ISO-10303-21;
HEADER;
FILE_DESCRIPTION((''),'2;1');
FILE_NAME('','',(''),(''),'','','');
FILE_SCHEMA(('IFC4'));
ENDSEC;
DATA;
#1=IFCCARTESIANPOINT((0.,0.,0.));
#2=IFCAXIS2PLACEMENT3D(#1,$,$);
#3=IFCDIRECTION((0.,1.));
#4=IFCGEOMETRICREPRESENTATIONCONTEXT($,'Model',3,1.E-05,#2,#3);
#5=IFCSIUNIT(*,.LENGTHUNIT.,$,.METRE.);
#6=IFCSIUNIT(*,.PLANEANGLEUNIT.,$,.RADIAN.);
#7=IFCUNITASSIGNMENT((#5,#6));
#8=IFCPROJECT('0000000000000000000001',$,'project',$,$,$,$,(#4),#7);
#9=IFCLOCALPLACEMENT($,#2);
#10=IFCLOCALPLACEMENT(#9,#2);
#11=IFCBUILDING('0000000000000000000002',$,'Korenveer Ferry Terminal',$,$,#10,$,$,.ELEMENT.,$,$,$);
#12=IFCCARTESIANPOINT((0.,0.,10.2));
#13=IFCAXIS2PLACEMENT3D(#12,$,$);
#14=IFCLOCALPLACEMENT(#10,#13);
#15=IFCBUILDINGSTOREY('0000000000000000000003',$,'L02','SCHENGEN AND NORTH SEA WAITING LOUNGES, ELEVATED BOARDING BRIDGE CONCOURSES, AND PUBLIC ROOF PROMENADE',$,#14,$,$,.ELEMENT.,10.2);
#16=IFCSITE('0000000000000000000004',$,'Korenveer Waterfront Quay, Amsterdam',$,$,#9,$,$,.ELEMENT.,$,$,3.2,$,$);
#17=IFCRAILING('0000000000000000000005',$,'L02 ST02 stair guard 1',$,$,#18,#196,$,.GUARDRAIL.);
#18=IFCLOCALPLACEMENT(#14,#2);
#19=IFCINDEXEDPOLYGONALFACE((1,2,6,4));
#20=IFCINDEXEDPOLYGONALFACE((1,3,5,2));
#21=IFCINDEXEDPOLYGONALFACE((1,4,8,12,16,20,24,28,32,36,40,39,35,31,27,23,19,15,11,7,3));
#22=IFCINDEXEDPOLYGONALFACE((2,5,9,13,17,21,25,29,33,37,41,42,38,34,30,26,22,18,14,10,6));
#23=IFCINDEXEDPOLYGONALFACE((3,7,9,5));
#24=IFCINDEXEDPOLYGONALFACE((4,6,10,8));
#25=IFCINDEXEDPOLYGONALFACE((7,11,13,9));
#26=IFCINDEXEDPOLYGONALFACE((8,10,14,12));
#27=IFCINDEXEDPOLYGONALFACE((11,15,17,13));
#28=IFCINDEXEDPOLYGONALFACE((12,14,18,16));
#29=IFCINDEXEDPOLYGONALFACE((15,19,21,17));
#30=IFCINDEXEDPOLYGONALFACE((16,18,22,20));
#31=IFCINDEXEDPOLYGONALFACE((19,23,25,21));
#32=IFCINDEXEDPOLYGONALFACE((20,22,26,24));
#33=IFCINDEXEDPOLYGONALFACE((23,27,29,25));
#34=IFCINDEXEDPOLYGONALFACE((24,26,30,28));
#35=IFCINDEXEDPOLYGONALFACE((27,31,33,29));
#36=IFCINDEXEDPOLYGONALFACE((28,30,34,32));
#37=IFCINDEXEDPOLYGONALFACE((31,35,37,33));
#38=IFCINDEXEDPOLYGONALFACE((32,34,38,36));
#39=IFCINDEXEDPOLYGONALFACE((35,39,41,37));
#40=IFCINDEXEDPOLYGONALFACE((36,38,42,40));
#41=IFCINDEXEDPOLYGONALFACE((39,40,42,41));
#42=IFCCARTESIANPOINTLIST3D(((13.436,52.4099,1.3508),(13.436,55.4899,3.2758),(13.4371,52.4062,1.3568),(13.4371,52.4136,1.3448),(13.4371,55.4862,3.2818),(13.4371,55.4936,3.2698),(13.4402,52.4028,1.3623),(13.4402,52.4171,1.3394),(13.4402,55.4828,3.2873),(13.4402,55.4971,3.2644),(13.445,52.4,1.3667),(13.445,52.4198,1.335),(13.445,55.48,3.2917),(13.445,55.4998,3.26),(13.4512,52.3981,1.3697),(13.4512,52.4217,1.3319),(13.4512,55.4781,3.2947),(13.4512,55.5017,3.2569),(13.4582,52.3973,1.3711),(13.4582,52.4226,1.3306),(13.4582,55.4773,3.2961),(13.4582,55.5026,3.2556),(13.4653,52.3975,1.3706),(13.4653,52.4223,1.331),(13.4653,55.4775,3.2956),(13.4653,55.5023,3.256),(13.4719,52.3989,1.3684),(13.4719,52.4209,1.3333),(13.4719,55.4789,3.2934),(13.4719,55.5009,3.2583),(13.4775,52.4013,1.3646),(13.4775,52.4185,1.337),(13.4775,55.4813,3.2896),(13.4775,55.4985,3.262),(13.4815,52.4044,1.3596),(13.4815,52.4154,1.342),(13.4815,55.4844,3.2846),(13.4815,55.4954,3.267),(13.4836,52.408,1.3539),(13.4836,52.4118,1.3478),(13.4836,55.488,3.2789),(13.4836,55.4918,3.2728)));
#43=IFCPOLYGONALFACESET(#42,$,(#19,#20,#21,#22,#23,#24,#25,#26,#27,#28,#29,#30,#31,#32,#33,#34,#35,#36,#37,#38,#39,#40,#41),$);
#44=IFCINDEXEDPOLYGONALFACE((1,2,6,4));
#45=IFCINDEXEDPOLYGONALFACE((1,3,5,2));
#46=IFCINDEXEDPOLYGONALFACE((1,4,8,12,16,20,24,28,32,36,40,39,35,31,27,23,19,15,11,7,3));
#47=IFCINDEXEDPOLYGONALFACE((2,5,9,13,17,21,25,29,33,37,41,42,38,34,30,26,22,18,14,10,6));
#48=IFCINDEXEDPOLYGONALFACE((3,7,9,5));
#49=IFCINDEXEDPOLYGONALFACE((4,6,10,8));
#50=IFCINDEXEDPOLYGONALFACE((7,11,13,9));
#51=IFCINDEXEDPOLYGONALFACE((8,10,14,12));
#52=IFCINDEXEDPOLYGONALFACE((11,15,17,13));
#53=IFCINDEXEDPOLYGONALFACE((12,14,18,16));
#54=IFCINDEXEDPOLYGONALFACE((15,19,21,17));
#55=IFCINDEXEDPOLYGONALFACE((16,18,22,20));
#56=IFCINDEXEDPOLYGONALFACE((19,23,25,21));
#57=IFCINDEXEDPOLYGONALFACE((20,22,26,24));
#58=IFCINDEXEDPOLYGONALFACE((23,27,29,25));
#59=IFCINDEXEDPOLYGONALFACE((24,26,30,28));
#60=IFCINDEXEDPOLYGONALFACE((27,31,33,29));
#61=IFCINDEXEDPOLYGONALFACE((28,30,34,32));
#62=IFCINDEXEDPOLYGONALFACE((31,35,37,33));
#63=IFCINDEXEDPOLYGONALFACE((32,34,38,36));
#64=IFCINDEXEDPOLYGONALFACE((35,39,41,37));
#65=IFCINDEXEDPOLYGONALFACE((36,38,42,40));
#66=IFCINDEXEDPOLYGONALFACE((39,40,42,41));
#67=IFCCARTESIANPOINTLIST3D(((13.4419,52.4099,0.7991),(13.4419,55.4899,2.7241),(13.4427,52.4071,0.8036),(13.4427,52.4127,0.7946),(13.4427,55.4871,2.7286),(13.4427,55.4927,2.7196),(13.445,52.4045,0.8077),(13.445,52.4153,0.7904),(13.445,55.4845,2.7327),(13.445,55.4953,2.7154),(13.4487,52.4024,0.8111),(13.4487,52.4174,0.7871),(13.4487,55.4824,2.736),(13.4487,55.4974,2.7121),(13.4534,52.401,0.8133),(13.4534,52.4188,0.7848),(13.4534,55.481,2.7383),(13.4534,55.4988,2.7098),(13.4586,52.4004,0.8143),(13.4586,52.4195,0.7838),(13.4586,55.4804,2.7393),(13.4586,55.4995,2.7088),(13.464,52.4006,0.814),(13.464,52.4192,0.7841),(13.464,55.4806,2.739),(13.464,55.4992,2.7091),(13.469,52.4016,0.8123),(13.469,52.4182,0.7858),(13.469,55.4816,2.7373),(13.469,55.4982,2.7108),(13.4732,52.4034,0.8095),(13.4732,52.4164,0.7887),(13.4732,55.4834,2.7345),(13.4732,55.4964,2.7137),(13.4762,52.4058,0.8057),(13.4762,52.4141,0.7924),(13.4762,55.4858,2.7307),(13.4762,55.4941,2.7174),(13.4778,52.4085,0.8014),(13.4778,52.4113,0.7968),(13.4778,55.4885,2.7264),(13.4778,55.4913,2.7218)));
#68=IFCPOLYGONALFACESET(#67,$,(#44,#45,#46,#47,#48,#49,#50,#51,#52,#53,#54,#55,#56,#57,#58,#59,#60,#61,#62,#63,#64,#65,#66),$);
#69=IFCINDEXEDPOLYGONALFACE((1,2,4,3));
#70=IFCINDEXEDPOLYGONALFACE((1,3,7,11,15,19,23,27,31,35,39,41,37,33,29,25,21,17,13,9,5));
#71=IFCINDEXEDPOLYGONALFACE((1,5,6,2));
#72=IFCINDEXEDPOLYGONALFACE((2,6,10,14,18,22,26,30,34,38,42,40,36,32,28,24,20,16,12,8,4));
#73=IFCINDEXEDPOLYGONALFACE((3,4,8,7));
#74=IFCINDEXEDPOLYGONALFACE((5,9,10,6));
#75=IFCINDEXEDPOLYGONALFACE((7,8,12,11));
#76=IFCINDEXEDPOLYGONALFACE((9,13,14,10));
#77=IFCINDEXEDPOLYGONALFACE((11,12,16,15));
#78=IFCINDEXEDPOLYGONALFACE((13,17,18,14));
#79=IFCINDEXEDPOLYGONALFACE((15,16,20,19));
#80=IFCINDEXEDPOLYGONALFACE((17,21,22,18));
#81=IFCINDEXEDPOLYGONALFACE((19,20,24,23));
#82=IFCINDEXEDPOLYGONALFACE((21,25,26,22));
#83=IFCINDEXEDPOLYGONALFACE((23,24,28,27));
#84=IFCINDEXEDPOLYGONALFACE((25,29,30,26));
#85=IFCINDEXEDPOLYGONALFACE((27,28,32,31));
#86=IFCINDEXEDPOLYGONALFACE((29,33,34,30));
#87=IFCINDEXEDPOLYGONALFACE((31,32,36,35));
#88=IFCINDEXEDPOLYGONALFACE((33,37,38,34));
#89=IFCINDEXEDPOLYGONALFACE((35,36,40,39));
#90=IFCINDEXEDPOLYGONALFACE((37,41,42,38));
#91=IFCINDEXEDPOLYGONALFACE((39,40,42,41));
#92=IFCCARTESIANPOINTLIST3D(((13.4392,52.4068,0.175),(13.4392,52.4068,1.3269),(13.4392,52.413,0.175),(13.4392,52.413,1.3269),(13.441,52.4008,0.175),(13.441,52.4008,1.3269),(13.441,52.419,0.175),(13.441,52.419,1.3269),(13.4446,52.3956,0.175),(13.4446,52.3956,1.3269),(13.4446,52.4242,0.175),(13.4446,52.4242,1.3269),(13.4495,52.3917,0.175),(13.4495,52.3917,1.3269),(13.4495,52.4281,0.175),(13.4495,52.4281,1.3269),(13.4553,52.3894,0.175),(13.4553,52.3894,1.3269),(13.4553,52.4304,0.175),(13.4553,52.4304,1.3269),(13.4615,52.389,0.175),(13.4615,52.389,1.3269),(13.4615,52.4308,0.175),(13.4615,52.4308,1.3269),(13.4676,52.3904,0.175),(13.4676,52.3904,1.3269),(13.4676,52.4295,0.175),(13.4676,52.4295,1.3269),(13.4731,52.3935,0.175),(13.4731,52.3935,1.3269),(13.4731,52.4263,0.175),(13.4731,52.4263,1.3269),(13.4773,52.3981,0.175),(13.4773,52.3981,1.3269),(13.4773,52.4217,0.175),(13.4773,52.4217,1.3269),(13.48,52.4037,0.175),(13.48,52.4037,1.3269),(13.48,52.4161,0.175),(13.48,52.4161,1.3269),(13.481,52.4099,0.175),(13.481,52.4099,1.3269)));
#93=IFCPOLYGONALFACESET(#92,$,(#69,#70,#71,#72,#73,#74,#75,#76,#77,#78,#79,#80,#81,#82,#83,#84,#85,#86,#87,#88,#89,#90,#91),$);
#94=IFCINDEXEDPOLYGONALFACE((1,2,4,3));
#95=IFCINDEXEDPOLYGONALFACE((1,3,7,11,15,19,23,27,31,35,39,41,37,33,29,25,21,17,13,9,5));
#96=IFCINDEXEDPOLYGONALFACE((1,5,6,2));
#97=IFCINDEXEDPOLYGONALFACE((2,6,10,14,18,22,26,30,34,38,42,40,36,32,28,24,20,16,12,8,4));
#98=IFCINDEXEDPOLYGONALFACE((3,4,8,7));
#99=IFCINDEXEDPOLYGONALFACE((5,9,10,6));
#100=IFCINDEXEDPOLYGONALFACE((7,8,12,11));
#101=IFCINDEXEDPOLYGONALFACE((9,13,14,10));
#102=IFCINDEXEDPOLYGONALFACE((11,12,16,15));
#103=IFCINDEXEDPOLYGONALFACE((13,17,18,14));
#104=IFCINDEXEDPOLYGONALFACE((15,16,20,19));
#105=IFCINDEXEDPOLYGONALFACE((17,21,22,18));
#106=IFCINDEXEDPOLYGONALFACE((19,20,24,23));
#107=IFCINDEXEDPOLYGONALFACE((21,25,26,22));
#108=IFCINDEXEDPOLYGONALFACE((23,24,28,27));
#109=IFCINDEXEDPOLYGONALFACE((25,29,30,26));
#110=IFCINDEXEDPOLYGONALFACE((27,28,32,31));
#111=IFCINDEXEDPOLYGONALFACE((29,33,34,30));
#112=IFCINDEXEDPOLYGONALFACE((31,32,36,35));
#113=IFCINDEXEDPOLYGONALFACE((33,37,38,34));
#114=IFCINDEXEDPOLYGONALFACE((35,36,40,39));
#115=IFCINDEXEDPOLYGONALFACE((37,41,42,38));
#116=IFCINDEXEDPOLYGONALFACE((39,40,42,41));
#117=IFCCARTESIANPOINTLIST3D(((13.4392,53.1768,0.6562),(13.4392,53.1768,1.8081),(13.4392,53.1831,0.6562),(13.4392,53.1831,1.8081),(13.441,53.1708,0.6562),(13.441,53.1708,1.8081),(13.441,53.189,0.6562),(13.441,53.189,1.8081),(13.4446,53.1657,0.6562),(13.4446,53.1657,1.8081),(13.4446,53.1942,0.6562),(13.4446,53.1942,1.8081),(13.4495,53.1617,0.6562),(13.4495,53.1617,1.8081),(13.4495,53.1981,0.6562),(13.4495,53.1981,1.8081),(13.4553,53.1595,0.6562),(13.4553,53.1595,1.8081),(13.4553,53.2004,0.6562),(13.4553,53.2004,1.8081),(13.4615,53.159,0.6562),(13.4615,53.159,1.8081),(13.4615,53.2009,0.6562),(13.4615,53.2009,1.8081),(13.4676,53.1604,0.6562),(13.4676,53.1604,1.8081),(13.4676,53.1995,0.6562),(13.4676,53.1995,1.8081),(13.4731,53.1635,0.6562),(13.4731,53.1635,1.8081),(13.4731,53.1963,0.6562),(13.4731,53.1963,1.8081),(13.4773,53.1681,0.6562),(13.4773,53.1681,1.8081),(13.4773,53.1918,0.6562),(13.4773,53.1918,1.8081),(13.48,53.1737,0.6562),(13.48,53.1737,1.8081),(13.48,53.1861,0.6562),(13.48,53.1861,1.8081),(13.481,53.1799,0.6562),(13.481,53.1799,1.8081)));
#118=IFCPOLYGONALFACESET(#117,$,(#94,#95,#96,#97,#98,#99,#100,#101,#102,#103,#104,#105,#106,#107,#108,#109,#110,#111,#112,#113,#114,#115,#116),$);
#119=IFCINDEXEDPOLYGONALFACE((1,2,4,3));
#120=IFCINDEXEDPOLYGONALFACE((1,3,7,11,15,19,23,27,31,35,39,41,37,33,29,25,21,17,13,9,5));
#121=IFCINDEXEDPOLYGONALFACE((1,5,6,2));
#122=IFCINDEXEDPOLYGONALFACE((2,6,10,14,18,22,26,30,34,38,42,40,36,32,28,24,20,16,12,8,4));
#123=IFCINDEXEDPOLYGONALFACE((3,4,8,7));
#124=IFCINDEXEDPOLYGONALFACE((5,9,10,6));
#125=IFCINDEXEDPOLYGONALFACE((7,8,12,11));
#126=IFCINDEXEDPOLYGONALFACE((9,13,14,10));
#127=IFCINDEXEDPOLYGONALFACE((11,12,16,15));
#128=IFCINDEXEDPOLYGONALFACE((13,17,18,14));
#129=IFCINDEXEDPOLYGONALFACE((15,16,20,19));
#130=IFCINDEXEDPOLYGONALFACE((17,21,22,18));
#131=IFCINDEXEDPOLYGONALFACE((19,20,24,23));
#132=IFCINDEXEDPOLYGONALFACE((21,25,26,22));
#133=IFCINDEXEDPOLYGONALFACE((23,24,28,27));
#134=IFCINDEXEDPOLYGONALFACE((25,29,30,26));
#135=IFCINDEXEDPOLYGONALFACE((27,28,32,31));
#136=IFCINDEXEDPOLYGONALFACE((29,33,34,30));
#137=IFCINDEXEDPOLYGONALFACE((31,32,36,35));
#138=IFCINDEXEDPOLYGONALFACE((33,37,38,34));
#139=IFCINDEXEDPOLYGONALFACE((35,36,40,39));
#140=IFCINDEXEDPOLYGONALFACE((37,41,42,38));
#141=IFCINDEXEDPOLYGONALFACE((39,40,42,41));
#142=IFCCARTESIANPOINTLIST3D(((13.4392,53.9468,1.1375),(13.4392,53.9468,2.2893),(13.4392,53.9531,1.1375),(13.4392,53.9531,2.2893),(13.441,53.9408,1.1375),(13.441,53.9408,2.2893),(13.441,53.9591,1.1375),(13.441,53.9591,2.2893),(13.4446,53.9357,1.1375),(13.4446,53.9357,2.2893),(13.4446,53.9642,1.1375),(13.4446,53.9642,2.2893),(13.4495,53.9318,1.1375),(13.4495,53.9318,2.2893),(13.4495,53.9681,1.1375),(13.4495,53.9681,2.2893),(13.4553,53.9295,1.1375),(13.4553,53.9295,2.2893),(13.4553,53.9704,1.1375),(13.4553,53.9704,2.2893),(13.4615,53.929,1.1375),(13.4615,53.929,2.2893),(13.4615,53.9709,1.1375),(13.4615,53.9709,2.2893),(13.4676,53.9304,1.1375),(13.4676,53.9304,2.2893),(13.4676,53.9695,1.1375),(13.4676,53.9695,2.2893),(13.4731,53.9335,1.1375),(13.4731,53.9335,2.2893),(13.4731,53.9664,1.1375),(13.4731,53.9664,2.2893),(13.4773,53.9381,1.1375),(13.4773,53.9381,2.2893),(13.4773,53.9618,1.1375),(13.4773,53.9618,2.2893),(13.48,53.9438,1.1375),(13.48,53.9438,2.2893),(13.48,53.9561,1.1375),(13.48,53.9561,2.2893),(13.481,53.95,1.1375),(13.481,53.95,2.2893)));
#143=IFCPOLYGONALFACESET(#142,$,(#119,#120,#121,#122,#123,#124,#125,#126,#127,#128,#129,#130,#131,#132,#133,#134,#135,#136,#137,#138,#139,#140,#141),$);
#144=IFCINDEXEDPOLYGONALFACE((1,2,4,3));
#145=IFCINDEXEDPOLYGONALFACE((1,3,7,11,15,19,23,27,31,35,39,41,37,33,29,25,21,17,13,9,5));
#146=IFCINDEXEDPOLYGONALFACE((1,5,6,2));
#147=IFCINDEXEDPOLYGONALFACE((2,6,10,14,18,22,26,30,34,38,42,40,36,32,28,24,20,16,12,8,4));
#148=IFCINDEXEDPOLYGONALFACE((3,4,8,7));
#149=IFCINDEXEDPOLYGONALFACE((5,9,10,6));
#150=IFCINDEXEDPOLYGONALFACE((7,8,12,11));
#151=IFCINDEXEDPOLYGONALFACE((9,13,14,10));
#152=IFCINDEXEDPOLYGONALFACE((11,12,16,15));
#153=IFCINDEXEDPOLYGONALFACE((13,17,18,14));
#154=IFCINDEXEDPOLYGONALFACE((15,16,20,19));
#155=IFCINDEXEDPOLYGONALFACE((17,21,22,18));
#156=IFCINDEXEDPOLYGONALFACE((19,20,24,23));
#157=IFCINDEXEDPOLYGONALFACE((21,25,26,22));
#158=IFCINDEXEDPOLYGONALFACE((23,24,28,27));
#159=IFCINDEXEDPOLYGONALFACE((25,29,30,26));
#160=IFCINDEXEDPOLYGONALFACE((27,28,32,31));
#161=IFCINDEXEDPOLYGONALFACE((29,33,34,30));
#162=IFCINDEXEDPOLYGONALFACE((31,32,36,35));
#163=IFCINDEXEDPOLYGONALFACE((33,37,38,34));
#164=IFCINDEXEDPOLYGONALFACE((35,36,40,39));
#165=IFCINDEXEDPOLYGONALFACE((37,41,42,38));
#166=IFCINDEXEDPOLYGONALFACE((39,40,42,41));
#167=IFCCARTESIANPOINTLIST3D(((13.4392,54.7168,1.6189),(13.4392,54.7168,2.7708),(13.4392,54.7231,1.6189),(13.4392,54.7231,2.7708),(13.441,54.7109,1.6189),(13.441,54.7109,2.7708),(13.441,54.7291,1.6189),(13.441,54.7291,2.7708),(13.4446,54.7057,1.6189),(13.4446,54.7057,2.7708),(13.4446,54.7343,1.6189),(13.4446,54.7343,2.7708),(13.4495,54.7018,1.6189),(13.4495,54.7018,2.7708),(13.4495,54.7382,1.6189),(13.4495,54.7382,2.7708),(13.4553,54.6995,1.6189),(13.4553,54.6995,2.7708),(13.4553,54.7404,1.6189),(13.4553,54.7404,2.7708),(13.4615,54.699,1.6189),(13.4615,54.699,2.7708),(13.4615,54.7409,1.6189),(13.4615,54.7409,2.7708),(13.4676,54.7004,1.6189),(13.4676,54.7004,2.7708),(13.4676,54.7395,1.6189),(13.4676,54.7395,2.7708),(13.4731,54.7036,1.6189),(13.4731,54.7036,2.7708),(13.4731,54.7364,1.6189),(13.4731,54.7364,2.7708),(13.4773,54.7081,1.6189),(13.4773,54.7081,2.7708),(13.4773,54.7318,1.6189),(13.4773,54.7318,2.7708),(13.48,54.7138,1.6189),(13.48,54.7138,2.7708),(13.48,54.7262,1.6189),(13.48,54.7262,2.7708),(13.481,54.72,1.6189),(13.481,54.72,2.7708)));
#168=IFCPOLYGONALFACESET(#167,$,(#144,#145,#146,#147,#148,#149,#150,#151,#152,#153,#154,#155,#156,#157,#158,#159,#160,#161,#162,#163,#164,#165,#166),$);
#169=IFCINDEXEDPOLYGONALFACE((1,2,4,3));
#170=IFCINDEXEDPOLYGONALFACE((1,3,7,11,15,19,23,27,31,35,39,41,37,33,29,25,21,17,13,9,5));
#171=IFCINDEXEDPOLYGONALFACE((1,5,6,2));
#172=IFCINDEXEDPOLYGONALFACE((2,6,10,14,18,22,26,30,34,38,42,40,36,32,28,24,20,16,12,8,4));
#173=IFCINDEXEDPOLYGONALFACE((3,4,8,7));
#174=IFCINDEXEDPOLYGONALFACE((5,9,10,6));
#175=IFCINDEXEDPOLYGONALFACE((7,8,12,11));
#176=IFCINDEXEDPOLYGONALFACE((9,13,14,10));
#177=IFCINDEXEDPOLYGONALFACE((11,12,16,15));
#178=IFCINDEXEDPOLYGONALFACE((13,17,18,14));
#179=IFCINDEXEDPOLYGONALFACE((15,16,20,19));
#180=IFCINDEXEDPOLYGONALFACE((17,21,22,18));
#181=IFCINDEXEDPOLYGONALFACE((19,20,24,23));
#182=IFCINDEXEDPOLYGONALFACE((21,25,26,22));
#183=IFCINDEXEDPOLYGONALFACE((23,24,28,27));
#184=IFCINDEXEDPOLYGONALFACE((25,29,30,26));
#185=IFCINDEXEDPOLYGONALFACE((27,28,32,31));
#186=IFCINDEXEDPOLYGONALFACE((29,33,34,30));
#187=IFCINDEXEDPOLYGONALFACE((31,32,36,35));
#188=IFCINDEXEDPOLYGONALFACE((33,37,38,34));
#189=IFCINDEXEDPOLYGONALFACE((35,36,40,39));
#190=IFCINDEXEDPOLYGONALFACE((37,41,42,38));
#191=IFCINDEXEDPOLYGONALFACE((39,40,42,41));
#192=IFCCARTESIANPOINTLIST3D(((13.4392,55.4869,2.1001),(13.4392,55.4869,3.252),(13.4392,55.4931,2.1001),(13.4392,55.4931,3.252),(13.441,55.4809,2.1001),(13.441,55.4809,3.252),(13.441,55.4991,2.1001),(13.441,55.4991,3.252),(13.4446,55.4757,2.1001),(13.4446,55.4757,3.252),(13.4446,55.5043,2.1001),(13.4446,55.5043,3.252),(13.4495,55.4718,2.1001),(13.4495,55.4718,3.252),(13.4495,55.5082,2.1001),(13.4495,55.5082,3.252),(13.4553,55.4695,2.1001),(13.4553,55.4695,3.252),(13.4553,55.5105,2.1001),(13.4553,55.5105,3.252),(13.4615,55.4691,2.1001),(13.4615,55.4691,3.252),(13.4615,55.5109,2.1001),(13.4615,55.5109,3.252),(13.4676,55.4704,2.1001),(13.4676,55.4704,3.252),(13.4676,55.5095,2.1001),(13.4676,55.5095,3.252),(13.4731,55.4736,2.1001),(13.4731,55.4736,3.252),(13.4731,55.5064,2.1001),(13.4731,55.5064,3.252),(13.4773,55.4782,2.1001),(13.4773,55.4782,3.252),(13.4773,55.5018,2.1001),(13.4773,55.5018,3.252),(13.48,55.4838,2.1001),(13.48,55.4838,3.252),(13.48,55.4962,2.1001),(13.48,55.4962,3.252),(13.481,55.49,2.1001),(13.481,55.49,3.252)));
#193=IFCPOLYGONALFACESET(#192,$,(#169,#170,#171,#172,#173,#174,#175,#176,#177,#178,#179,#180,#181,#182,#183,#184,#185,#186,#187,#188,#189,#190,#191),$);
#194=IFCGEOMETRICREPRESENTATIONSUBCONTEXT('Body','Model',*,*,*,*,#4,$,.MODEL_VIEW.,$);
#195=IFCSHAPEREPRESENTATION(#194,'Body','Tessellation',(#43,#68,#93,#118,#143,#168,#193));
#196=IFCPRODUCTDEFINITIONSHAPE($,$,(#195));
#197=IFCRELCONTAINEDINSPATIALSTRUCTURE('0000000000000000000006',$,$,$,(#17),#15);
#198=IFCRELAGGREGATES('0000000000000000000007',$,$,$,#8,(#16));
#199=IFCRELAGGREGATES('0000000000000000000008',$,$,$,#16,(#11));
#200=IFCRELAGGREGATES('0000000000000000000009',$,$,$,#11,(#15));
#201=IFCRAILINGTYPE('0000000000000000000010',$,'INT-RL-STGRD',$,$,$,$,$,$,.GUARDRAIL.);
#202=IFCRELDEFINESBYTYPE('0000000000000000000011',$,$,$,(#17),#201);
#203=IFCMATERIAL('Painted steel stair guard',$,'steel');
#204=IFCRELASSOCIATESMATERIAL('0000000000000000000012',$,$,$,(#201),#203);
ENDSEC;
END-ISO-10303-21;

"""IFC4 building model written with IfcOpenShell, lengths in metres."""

from ifc_helpers import new_model, si_unit, direction, frame, origin, origin_2d, place, context, subcontext, project, spatial, circle, extrude, material, type_object, element, save


model = new_model("IFC4")

# Units and contexts
model_context = context("Model", 3, precision=1e-05, world=origin(), true_north=direction((0.0, 1.0)))
body_context = subcontext(model_context, "Body", "Model", "MODEL_VIEW")
ifc_project = project(units=[si_unit("LENGTHUNIT", "METRE"), si_unit("PLANEANGLEUNIT", "RADIAN")], contexts=[model_context])

# Site, building, storey
site_placement = place(None, origin())
site = spatial("IfcSite", under=ifc_project, at=site_placement, Name="Korenveer Waterfront Quay, Amsterdam", CompositionType="ELEMENT", RefElevation=3.2)
building_placement = place(site_placement, origin())
building = spatial("IfcBuilding", under=site, at=building_placement, Name="Korenveer Ferry Terminal", CompositionType="ELEMENT")
storey_placement = place(building_placement, frame((0.0, 0.0, 10.2)))
storey = spatial("IfcBuildingStorey", under=building, at=storey_placement, Name="L02", Description="SCHENGEN AND NORTH SEA WAITING LOUNGES, ELEVATED BOARDING BRIDGE CONCOURSES, AND PUBLIC ROOF PROMENADE", CompositionType="ELEMENT", Elevation=10.2)

# Railing
ifc_material_1 = material(Name="Painted steel stair guard", Category="steel")
railing_type_1 = type_object("IfcRailingType", Name="INT-RL-STGRD", PredefinedType="GUARDRAIL", material=ifc_material_1)
railing_1_placement = place(storey_placement, frame((13.46, 52.4099, 0.175)))
element("IfcRailing", 1, at=railing_1_placement, inside=storey, type_object=railing_type_1, Name="L02 ST02 stair guard 1", PredefinedType="GUARDRAIL", context=body_context, shape_type="SweptSolid", body=[
    extrude(circle(Radius=0.0239, at=origin_2d()), frame((0.0, 0.0, 1.1758), z_axis=(0.0, 0.847998, 0.529999), x_axis=(-1.0, 0.0, 0.0)), (0.0, 0.0, 1.0), 3.6321),
    extrude(circle(Radius=0.0181, at=origin_2d()), frame((0.0, 0.0, 0.624), z_axis=(0.0, 0.847998, 0.529999), x_axis=(-1.0, 0.0, 0.0)), (0.0, 0.0, 1.0), 3.6321),
    extrude(circle(Radius=0.021, at=origin_2d()), origin(), (0.0, 0.0, 1.0), 1.1519),
    extrude(circle(Radius=0.021, at=origin_2d()), frame((0.0, 0.77, 0.4812)), (0.0, 0.0, 1.0), 1.1519),
    extrude(circle(Radius=0.021, at=origin_2d()), frame((0.0, 1.54, 0.9624)), (0.0, 0.0, 1.0), 1.1519),
    extrude(circle(Radius=0.021, at=origin_2d()), frame((0.0, 2.3101, 1.4438)), (0.0, 0.0, 1.0), 1.1519),
    extrude(circle(Radius=0.021, at=origin_2d()), frame((0.0, 3.0801, 1.925)), (0.0, 0.0, 1.0), 1.1519),
])

save(model, "model.ifc")
